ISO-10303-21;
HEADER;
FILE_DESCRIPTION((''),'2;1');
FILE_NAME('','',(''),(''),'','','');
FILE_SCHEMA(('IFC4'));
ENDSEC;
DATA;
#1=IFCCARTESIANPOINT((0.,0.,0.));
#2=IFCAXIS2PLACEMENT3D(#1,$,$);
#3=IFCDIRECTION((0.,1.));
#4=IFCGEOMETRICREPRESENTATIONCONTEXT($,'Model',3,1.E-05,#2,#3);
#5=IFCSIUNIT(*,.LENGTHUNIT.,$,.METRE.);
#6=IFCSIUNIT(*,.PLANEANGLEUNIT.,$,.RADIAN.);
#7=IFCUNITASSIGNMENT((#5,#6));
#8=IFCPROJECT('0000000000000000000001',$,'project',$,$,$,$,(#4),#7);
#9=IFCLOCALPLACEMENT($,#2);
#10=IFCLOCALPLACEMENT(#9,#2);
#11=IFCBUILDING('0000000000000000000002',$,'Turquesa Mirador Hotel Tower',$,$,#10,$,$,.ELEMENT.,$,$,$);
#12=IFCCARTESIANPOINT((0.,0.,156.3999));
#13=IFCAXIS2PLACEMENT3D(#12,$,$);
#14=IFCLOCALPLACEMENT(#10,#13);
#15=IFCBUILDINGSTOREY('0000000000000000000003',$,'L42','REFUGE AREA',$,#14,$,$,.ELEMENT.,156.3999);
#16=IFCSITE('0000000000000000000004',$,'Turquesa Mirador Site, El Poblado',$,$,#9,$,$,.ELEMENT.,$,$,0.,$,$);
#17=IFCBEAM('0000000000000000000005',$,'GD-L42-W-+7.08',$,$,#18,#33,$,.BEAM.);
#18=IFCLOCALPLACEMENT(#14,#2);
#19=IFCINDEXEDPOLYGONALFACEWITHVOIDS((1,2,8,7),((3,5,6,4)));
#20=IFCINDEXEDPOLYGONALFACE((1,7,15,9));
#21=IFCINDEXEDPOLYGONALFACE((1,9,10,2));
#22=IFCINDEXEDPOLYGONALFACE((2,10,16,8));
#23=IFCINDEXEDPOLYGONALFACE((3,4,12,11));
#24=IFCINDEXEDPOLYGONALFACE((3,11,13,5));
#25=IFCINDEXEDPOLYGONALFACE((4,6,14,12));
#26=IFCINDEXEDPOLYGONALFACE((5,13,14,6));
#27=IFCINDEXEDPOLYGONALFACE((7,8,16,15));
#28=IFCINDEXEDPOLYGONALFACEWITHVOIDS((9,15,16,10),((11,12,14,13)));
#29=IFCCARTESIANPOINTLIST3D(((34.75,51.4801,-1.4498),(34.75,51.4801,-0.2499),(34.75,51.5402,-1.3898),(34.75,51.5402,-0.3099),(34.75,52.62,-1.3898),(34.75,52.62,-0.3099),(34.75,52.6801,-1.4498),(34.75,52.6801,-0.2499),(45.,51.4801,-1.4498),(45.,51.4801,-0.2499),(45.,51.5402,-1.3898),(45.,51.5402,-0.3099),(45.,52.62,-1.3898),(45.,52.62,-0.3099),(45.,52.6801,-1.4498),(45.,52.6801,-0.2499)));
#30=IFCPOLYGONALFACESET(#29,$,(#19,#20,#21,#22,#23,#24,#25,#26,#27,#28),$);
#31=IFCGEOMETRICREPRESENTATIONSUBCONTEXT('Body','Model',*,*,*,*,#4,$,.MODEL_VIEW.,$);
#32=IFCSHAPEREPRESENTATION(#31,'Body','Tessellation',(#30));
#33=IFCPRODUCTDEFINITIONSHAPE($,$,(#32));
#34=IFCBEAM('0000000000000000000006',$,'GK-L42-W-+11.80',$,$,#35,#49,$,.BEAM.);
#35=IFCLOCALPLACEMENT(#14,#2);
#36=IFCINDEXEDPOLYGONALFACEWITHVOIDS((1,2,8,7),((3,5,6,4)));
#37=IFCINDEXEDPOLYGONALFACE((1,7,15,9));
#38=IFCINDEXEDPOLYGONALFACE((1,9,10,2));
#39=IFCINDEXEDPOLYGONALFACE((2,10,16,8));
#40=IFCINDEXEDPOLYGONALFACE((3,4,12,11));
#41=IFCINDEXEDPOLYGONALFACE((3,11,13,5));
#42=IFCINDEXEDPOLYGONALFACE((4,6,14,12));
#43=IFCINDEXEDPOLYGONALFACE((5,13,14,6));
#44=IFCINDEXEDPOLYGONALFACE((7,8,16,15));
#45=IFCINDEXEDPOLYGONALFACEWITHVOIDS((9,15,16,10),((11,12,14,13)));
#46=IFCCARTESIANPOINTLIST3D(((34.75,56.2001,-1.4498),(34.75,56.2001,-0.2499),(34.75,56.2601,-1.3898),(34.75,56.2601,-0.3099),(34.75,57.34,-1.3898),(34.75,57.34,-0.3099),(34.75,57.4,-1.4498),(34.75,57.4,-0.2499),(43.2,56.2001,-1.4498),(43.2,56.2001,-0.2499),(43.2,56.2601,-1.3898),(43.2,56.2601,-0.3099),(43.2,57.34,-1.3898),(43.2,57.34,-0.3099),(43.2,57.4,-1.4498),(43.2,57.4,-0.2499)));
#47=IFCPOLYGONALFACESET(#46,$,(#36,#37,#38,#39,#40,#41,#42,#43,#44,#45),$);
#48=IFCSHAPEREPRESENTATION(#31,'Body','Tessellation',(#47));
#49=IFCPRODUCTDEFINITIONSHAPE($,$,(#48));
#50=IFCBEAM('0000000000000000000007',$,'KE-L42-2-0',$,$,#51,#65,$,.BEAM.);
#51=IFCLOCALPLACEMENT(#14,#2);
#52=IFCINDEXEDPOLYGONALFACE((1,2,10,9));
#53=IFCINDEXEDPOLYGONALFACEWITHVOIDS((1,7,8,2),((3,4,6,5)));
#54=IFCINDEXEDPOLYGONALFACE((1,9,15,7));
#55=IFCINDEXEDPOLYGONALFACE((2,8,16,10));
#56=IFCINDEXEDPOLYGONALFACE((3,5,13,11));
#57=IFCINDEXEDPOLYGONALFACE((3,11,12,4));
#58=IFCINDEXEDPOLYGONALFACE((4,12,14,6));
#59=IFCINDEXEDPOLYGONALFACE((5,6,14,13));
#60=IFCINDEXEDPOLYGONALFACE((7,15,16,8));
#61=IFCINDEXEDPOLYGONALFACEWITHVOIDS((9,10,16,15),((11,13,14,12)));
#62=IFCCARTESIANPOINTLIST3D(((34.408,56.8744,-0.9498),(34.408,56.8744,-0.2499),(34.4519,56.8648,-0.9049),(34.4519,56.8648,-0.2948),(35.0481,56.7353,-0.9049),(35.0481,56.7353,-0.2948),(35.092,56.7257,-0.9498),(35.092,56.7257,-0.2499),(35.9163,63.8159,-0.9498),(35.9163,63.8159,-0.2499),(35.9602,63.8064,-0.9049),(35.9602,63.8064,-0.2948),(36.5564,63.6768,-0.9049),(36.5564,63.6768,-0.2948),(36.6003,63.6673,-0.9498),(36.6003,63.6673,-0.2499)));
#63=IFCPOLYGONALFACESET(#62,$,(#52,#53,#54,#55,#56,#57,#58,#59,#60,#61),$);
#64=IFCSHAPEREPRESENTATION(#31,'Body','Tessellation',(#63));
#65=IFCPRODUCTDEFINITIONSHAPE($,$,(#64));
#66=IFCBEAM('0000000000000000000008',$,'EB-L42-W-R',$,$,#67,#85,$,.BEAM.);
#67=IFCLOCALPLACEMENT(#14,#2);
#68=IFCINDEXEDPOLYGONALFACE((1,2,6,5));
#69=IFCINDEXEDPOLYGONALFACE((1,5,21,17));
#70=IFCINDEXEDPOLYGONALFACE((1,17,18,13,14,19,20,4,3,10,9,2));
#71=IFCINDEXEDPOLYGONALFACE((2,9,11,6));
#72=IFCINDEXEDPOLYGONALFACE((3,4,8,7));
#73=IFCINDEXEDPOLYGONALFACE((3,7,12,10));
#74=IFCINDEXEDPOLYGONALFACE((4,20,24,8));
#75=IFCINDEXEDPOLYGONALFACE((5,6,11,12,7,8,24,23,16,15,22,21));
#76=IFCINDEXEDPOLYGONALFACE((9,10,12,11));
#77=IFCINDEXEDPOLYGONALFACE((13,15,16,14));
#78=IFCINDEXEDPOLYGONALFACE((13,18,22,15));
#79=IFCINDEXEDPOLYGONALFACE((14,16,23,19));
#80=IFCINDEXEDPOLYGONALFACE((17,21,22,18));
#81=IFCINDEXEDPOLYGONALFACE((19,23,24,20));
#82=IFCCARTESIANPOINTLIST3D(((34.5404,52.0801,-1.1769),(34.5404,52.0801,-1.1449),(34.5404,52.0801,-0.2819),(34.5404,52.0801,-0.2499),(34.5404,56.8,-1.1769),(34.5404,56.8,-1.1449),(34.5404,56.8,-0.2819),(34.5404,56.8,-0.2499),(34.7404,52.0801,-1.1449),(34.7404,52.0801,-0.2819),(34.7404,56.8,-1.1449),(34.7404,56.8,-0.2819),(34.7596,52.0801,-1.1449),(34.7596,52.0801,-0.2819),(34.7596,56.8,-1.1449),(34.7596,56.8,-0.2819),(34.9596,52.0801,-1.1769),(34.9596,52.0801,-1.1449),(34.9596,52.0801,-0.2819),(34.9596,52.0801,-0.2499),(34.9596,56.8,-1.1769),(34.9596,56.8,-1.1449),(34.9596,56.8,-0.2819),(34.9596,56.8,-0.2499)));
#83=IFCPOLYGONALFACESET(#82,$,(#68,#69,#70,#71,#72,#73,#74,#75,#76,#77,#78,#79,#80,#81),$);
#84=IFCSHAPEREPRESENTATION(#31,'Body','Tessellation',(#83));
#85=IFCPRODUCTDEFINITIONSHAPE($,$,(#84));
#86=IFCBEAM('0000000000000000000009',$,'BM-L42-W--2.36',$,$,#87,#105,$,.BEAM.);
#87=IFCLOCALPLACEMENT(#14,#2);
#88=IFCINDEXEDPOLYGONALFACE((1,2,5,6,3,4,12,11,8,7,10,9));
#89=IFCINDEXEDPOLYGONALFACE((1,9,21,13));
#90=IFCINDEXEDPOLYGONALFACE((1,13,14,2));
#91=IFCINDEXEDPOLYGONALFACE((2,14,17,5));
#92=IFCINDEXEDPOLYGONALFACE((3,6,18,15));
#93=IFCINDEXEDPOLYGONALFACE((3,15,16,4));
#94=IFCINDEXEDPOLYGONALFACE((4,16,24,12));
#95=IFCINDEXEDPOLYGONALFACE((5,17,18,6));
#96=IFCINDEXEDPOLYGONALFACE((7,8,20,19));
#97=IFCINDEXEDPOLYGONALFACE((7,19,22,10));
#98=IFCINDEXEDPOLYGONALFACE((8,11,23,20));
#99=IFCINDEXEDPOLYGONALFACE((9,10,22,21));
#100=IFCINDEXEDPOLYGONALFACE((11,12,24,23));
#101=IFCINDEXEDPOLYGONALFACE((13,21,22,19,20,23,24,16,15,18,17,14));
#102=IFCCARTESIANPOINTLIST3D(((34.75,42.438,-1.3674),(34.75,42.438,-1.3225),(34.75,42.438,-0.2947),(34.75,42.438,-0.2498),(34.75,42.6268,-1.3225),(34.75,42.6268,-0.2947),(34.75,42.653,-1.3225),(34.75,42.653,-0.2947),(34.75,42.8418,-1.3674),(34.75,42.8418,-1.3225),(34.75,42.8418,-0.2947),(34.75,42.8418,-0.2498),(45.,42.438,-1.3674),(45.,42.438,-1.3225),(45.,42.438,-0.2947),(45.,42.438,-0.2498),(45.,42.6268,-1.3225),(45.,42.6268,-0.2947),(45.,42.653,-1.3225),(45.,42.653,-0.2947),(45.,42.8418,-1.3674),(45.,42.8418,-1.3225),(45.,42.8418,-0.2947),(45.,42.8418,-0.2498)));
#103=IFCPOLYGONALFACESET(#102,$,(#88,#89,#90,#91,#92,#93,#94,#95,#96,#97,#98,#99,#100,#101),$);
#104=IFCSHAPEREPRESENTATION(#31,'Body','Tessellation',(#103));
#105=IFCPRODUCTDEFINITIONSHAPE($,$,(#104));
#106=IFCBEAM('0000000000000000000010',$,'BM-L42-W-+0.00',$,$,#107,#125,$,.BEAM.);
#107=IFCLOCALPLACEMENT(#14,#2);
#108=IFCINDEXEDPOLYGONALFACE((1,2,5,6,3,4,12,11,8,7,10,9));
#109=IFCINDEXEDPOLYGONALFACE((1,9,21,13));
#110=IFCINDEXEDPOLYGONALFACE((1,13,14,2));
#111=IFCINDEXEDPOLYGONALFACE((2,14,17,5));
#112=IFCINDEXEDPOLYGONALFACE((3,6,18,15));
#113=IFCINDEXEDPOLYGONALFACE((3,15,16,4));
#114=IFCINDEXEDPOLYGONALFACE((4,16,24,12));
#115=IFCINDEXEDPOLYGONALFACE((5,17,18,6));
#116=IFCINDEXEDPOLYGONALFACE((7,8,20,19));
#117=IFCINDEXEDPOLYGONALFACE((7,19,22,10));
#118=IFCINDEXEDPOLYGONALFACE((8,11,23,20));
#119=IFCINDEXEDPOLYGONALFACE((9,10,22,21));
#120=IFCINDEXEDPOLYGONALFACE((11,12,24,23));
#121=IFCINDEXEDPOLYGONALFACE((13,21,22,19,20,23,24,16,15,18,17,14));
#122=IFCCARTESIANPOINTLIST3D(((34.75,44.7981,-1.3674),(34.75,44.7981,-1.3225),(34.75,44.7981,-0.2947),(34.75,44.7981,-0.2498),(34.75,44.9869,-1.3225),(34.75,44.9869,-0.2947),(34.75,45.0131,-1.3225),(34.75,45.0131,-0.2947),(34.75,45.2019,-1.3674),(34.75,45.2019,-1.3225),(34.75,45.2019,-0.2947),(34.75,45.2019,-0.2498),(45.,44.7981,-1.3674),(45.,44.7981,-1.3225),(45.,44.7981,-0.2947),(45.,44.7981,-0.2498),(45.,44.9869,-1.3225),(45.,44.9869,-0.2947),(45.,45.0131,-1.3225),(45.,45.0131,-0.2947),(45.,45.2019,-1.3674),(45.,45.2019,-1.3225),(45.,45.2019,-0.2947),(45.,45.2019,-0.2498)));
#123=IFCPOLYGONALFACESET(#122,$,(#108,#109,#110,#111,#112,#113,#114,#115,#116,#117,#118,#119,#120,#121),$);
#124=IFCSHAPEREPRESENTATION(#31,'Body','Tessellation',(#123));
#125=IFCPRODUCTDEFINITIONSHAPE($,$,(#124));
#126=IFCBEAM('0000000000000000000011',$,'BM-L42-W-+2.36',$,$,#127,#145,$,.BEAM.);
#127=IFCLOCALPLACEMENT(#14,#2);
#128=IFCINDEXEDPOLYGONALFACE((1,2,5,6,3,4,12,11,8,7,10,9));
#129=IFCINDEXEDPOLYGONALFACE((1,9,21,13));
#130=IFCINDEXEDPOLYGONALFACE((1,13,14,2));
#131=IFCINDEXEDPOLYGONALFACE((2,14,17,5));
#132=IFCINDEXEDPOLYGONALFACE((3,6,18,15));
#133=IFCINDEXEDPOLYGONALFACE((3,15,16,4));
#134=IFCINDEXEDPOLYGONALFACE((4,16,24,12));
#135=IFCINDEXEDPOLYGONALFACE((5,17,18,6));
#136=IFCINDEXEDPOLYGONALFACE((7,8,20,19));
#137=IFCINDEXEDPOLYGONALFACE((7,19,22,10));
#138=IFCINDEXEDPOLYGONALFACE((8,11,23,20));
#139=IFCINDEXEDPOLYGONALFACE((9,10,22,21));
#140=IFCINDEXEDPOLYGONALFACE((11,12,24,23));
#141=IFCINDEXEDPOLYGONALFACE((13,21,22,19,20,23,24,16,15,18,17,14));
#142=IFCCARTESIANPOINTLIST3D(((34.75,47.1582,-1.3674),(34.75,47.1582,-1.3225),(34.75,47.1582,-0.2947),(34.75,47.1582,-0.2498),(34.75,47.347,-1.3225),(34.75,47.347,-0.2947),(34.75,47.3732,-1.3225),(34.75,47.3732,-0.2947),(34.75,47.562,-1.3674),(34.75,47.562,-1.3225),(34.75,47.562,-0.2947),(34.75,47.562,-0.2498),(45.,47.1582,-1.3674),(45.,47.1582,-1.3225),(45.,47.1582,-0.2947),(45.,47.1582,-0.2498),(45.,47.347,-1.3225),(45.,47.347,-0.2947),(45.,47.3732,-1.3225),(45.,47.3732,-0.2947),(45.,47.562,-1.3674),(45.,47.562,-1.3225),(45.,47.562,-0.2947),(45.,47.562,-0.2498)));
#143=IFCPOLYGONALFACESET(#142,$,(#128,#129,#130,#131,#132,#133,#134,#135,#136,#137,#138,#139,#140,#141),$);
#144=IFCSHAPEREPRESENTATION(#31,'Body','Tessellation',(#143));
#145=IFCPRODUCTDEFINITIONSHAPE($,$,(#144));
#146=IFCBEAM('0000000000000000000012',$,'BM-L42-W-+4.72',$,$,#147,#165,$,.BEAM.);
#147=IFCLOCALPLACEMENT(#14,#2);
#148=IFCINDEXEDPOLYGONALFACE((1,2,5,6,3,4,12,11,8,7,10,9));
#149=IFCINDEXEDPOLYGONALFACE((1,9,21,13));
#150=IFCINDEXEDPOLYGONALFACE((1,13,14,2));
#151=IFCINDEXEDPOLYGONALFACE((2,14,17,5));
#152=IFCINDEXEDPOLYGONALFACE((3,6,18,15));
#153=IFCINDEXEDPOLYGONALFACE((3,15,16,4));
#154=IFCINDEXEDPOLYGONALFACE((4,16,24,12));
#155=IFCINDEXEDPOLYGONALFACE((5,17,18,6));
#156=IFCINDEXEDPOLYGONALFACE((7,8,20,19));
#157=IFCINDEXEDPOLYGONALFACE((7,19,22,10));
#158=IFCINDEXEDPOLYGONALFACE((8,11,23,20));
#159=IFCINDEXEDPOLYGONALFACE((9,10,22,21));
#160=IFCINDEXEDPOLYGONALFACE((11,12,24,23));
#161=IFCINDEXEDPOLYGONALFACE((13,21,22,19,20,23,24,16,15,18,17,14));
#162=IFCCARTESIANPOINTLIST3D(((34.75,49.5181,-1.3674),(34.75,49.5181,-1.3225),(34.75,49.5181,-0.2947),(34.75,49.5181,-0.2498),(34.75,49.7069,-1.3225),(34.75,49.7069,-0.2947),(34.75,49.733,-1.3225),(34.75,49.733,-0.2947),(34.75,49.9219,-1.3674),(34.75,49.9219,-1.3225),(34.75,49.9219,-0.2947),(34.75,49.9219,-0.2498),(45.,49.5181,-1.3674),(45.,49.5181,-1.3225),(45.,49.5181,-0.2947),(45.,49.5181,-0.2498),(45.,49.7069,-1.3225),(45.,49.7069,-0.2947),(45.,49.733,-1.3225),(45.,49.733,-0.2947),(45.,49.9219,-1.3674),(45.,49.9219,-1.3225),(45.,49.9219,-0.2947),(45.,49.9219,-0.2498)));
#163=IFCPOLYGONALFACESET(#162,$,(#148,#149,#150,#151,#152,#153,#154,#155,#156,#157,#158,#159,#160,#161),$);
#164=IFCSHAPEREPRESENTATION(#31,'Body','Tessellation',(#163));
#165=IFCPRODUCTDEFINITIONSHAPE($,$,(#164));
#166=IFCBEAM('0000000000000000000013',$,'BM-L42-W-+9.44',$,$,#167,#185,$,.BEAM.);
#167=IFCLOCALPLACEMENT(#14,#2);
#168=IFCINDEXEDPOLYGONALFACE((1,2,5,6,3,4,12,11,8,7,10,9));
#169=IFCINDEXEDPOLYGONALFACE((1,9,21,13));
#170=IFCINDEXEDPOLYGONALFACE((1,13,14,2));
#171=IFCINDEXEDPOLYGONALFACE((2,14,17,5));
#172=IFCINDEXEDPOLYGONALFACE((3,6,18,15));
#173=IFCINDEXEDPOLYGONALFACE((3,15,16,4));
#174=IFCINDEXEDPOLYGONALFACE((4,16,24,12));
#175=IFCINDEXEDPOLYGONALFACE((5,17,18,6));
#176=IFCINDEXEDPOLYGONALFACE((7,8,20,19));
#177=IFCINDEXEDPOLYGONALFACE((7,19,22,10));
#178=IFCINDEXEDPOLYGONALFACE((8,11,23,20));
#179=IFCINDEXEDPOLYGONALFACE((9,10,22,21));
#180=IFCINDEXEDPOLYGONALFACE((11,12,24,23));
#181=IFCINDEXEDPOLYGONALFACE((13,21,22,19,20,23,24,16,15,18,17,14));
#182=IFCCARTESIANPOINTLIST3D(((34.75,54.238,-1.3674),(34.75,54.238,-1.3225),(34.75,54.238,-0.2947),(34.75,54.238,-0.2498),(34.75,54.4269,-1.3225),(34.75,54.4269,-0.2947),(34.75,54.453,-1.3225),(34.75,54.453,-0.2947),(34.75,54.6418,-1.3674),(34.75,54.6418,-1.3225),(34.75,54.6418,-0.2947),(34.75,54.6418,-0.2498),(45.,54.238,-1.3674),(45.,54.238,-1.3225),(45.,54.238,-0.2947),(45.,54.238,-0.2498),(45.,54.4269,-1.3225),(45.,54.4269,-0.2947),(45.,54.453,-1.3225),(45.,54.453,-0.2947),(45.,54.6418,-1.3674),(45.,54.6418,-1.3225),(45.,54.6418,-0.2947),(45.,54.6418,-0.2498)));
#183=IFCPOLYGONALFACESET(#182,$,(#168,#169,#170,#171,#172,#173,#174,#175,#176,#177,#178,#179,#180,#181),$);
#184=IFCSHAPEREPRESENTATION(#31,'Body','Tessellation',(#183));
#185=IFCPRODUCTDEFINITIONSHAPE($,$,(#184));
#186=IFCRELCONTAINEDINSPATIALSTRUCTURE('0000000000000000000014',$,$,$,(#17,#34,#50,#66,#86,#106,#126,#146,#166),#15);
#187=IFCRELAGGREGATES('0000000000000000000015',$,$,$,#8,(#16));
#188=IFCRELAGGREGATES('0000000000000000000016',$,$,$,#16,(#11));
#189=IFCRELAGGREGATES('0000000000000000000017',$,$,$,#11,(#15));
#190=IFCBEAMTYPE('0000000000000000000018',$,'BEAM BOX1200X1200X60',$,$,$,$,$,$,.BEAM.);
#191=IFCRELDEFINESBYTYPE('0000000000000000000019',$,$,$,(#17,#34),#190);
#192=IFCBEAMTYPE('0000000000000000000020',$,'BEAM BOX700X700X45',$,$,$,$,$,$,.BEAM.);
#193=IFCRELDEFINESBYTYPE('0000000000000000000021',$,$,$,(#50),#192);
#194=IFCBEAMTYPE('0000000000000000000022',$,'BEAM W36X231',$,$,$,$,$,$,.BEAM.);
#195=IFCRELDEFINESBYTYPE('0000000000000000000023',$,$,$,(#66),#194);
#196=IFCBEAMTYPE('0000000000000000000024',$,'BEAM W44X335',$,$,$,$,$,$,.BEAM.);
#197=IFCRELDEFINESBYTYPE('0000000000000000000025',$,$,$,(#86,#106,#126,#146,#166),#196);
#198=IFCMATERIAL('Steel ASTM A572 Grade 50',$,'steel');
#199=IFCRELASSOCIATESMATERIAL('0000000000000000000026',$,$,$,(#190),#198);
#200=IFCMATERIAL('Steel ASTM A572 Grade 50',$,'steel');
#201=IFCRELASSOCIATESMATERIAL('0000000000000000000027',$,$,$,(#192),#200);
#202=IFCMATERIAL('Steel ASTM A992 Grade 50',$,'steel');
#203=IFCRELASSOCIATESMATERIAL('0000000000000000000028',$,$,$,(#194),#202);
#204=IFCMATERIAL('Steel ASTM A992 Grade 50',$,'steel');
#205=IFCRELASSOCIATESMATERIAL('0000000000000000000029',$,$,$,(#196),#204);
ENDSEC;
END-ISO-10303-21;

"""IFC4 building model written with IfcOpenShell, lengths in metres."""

from ifc_helpers import new_model, si_unit, direction, frame, origin, origin_2d, place, context, subcontext, project, spatial, hollow_rectangle, i_section, extrude, material, material_profile, profile_set, type_object, element, save


model = new_model("IFC4")

# Units and contexts
model_context = context("Model", 3, precision=1e-05, world=origin(), true_north=direction((0.0, 1.0)))
body_context = subcontext(model_context, "Body", "Model", "MODEL_VIEW")
ifc_project = project(units=[si_unit("LENGTHUNIT", "METRE"), si_unit("PLANEANGLEUNIT", "RADIAN")], contexts=[model_context])

# Site, building, storey
site_placement = place(None, origin())
site = spatial("IfcSite", under=ifc_project, at=site_placement, Name="Turquesa Mirador Site, El Poblado", CompositionType="ELEMENT", RefElevation=0.0)
building_placement = place(site_placement, origin())
building = spatial("IfcBuilding", under=site, at=building_placement, Name="Turquesa Mirador Hotel Tower", CompositionType="ELEMENT")
storey_placement = place(building_placement, frame((0.0, 0.0, 156.3999)))
storey = spatial("IfcBuildingStorey", under=building, at=storey_placement, Name="L42", Description="REFUGE AREA", CompositionType="ELEMENT", Elevation=156.3999)

# Beams
ifc_material_1 = material(Name="Steel ASTM A572 Grade 50", Category="steel")
ifc_material_profile_1 = material_profile(ifc_material_1, hollow_rectangle(XDim=1.2, YDim=1.2, WallThickness=0.0601, at=origin_2d()), Name="BOX1200X1200X60")
ifc_profile_set_1 = profile_set([ifc_material_profile_1], Name="Steel ASTM A572 Grade 50")
beam_type_1 = type_object("IfcBeamType", Name="BEAM BOX1200X1200X60", PredefinedType="BEAM", material=ifc_profile_set_1)
beam_1_placement = place(storey_placement, frame((34.75, 52.0801, -0.8499), z_axis=(1.0, 0.0, 0.0), x_axis=(0.0, 1.0, 0.0)))
element("IfcBeam", 1, at=beam_1_placement, inside=storey, type_object=beam_type_1, Name="GD-L42-W-+7.08", PredefinedType="BEAM", context=body_context, shape_type="SweptSolid", body=[
    extrude(hollow_rectangle(XDim=1.2, YDim=1.2, WallThickness=0.0601, at=origin_2d()), origin(), (0.0, 0.0, 1.0), 10.25),
])
beam_2_placement = place(storey_placement, frame((34.75, 56.8, -0.8499), z_axis=(1.0, 0.0, 0.0), x_axis=(0.0, 1.0, 0.0)))
element("IfcBeam", 2, at=beam_2_placement, inside=storey, type_object=beam_type_1, Name="GK-L42-W-+11.80", PredefinedType="BEAM", context=body_context, shape_type="SweptSolid", body=[
    extrude(hollow_rectangle(XDim=1.2, YDim=1.2, WallThickness=0.0601, at=origin_2d()), origin(), (0.0, 0.0, 1.0), 8.45),
])
ifc_material_2 = material(Name="Steel ASTM A572 Grade 50", Category="steel")
ifc_material_profile_2 = material_profile(ifc_material_2, hollow_rectangle(XDim=0.7, YDim=0.7, WallThickness=0.0449, at=origin_2d()), Name="BOX700X700X45")
ifc_profile_set_2 = profile_set([ifc_material_profile_2], Name="Steel ASTM A572 Grade 50")
beam_type_2 = type_object("IfcBeamType", Name="BEAM BOX700X700X45", PredefinedType="BEAM", material=ifc_profile_set_2)
beam_3_placement = place(storey_placement, frame((34.75, 56.8, -0.5999), z_axis=(0.212328, 0.977198, 0.0), x_axis=(-0.977198, 0.212328, 0.0)))
element("IfcBeam", 3, at=beam_3_placement, inside=storey, type_object=beam_type_2, Name="KE-L42-2-0", PredefinedType="BEAM", context=body_context, shape_type="SweptSolid", body=[
    extrude(hollow_rectangle(XDim=0.7, YDim=0.7, WallThickness=0.0449, at=origin_2d()), origin(), (0.0, 0.0, 1.0), 7.1035),
])
ifc_material_3 = material(Name="Steel ASTM A992 Grade 50", Category="steel")
ifc_material_profile_3 = material_profile(ifc_material_3, i_section(OverallWidth=0.4192, OverallDepth=0.927, WebThickness=0.0193, FlangeThickness=0.032, at=origin_2d()), Name="W36X231")
ifc_profile_set_3 = profile_set([ifc_material_profile_3], Name="Steel ASTM A992 Grade 50")
beam_type_3 = type_object("IfcBeamType", Name="BEAM W36X231", PredefinedType="BEAM", material=ifc_profile_set_3)
beam_4_placement = place(storey_placement, frame((34.75, 52.0801, -0.7134), z_axis=(0.0, 1.0, 0.0), x_axis=(-1.0, 0.0, 0.0)))
element("IfcBeam", 4, at=beam_4_placement, inside=storey, type_object=beam_type_3, Name="EB-L42-W-R", PredefinedType="BEAM", context=body_context, shape_type="SweptSolid", body=[
    extrude(i_section(OverallWidth=0.4192, OverallDepth=0.927, WebThickness=0.0193, FlangeThickness=0.032, at=origin_2d()), origin(), (0.0, 0.0, 1.0), 4.72),
])
ifc_material_4 = material(Name="Steel ASTM A992 Grade 50", Category="steel")
ifc_material_profile_4 = material_profile(ifc_material_4, i_section(OverallWidth=0.4038, OverallDepth=1.1177, WebThickness=0.0261, FlangeThickness=0.0449, at=origin_2d()), Name="W44X335")
ifc_profile_set_4 = profile_set([ifc_material_profile_4], Name="Steel ASTM A992 Grade 50")
beam_type_4 = type_object("IfcBeamType", Name="BEAM W44X335", PredefinedType="BEAM", material=ifc_profile_set_4)
for number, where, z_axis, x_axis, name in (
    (5, (34.75, 42.6399, -0.8086), (1.0, 0.0, 0.0), (0.0, 1.0, 0.0), "BM-L42-W--2.36"),
    (6, (34.75, 45.0, -0.8086), (1.0, 0.0, 0.0), (0.0, 1.0, 0.0), "BM-L42-W-+0.00"),
    (7, (34.75, 47.3601, -0.8086), (1.0, 0.0, 0.0), (0.0, 1.0, 0.0), "BM-L42-W-+2.36"),
    (8, (34.75, 49.72, -0.8086), (1.0, 0.0, 0.0), (0.0, 1.0, 0.0), "BM-L42-W-+4.72"),
    (9, (34.75, 54.4399, -0.8086), (1.0, 0.0, 0.0), (0.0, 1.0, 0.0), "BM-L42-W-+9.44"),
):
    element("IfcBeam", number, at=place(storey_placement, frame(where, z_axis=z_axis, x_axis=x_axis)), inside=storey, type_object=beam_type_4, Name=name, PredefinedType="BEAM", context=body_context, shape_type="SweptSolid", body=[
        extrude(i_section(OverallWidth=0.4038, OverallDepth=1.1177, WebThickness=0.0261, FlangeThickness=0.0449, at=origin_2d()), origin(), (0.0, 0.0, 1.0), 10.25),
    ])

save(model, "model.ifc")
